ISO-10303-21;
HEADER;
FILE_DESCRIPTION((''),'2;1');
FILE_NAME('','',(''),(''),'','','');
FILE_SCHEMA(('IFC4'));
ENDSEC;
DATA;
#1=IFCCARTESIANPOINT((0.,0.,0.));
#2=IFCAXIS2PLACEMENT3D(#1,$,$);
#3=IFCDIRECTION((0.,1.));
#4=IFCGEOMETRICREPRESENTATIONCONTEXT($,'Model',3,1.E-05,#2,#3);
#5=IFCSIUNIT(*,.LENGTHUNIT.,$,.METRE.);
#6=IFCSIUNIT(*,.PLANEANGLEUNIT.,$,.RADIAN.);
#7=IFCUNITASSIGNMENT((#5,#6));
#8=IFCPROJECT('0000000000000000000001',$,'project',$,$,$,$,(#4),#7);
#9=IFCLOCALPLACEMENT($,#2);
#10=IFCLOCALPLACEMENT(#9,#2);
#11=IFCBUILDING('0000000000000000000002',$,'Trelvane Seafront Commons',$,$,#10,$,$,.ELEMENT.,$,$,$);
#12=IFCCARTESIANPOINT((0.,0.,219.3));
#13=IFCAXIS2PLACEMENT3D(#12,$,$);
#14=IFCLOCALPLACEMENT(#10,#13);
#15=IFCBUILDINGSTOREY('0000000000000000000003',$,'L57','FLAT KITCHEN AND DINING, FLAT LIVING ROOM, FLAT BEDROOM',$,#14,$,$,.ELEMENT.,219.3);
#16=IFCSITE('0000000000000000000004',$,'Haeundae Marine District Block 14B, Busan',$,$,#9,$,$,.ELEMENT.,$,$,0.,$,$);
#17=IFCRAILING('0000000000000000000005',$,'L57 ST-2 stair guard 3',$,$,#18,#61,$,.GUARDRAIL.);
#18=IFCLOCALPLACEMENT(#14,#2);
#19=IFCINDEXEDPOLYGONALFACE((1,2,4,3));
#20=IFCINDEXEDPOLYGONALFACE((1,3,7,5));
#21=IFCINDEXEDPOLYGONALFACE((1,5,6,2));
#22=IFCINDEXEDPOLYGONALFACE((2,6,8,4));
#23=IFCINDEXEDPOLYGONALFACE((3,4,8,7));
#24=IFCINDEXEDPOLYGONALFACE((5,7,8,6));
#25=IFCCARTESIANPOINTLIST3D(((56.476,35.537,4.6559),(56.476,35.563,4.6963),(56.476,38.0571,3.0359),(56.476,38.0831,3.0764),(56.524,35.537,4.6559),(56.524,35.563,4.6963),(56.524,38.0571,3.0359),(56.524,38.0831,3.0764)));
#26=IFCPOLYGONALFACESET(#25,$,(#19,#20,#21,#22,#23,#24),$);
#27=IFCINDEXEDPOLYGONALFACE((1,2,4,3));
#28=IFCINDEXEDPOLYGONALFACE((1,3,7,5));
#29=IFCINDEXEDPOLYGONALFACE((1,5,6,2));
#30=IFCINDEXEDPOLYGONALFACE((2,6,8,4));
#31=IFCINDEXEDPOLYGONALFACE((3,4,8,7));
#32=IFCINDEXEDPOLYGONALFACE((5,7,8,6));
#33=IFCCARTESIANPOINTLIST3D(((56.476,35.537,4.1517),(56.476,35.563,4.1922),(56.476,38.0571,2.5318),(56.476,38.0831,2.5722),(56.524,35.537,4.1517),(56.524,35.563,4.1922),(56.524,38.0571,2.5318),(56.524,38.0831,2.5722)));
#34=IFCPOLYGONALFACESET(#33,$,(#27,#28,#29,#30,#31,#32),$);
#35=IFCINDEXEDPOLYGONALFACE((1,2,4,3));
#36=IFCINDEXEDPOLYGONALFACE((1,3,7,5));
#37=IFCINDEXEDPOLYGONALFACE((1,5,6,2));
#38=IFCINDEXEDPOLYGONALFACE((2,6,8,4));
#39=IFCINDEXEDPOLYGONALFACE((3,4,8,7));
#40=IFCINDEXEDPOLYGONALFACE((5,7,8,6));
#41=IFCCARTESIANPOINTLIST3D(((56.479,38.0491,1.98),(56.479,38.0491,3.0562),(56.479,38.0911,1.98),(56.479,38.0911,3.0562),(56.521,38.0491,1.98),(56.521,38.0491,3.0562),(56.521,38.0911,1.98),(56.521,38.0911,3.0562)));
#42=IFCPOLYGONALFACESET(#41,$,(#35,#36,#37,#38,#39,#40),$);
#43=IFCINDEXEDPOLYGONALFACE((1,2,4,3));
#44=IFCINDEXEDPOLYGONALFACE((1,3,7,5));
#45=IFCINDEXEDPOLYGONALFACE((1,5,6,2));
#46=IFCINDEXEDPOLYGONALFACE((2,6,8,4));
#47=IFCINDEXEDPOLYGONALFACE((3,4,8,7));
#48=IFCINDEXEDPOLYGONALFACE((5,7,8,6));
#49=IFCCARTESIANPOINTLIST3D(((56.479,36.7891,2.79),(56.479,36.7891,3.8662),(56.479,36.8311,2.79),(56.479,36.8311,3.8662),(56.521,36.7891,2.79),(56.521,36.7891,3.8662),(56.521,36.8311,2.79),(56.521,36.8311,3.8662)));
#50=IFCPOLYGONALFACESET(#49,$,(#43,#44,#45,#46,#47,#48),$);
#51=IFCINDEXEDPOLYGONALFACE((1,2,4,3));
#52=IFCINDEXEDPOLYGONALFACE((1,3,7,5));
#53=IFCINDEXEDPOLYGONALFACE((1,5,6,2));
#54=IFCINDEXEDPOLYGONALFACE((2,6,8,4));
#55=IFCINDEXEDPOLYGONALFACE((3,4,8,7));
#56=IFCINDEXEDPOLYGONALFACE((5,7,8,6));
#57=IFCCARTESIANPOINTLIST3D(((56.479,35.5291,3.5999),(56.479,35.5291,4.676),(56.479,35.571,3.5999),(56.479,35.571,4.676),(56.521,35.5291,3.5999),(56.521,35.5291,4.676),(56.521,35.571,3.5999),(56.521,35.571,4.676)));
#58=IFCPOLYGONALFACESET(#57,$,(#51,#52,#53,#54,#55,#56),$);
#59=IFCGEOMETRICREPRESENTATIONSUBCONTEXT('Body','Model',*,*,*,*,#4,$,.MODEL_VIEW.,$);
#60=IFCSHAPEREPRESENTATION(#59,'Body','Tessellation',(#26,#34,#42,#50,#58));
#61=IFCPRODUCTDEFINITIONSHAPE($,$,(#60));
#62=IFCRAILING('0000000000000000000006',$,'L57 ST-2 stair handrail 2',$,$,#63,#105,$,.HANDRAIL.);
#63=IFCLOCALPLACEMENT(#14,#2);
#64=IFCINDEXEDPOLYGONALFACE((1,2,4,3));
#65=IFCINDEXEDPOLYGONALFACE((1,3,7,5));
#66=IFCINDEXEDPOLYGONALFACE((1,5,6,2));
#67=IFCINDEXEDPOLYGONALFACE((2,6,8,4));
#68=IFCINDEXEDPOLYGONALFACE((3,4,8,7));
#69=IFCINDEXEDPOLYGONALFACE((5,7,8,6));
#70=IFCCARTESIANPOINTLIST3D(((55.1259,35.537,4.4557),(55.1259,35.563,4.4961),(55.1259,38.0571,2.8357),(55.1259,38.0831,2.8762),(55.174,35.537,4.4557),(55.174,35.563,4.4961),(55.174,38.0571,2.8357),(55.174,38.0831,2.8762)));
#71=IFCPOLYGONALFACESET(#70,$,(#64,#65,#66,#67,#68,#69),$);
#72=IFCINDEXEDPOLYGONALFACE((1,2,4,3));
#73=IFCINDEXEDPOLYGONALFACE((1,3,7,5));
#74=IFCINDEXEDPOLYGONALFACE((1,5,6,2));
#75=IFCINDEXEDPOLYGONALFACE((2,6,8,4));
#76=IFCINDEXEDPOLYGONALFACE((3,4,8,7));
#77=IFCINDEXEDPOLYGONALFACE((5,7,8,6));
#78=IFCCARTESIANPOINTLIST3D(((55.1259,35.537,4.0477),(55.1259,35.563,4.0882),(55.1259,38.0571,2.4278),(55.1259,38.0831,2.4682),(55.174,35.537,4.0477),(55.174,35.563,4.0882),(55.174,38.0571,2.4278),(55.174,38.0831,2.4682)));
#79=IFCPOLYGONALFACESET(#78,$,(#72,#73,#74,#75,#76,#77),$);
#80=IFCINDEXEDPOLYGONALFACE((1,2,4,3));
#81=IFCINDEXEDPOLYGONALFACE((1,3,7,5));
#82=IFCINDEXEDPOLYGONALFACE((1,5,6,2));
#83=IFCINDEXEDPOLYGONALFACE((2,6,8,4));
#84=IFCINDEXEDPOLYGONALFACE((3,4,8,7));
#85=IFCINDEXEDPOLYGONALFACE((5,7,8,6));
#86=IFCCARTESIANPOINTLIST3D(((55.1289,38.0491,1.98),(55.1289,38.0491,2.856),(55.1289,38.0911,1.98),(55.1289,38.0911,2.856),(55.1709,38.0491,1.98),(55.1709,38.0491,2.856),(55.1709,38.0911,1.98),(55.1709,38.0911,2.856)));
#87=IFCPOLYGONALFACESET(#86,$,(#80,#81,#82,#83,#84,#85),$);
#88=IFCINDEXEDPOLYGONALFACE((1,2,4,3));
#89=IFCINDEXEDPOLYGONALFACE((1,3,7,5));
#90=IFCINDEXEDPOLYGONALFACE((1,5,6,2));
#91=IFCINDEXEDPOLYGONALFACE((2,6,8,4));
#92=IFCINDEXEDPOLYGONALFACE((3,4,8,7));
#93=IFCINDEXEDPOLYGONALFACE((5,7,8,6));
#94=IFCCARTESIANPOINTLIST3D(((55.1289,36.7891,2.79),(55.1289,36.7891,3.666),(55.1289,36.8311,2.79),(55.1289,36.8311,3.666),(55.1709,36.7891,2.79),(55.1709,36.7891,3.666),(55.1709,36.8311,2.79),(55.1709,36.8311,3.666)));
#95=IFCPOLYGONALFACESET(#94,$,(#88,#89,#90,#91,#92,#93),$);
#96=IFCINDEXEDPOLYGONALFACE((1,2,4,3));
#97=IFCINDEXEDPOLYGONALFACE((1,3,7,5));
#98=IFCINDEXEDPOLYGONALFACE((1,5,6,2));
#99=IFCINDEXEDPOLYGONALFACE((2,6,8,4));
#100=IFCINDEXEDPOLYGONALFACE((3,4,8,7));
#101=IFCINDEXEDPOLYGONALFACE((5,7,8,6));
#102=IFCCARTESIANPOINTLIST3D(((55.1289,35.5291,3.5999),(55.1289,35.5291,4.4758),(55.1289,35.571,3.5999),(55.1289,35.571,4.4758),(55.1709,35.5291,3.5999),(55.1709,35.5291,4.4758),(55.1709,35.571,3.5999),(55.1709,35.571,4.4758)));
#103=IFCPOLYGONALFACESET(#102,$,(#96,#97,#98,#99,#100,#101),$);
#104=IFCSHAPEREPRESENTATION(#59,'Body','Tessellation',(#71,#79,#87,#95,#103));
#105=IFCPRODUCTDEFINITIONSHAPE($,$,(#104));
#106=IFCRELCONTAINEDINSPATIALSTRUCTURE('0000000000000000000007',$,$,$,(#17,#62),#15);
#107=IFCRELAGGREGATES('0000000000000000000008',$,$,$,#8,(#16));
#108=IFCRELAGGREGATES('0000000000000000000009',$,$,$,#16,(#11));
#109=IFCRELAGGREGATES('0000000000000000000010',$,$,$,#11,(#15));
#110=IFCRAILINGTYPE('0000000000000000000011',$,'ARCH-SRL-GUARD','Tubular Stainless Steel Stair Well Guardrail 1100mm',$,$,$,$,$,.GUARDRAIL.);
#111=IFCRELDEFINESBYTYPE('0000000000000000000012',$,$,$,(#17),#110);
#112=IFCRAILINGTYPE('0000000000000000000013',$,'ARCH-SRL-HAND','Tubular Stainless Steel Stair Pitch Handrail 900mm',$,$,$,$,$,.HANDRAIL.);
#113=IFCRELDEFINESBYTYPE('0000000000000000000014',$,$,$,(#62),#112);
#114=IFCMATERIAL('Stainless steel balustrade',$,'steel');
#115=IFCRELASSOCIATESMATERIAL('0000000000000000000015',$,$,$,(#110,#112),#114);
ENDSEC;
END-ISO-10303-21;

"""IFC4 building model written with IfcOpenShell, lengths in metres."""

from ifc_helpers import new_model, si_unit, direction, frame, origin, origin_2d, place, context, subcontext, project, spatial, rectangle, extrude, material, type_object, element, save


model = new_model("IFC4")

# Units and contexts
model_context = context("Model", 3, precision=1e-05, world=origin(), true_north=direction((0.0, 1.0)))
body_context = subcontext(model_context, "Body", "Model", "MODEL_VIEW")
ifc_project = project(units=[si_unit("LENGTHUNIT", "METRE"), si_unit("PLANEANGLEUNIT", "RADIAN")], contexts=[model_context])

# Site, building, storey
site_placement = place(None, origin())
site = spatial("IfcSite", under=ifc_project, at=site_placement, Name="Haeundae Marine District Block 14B, Busan", CompositionType="ELEMENT", RefElevation=0.0)
building_placement = place(site_placement, origin())
building = spatial("IfcBuilding", under=site, at=building_placement, Name="Trelvane Seafront Commons", CompositionType="ELEMENT")
storey_placement = place(building_placement, frame((0.0, 0.0, 219.3)))
storey = spatial("IfcBuildingStorey", under=building, at=storey_placement, Name="L57", Description="FLAT KITCHEN AND DINING, FLAT LIVING ROOM, FLAT BEDROOM", CompositionType="ELEMENT", Elevation=219.3)

# Railings
ifc_material_1 = material(Name="Stainless steel balustrade", Category="steel")
railing_type_1 = type_object("IfcRailingType", Name="ARCH-SRL-GUARD", Description="Tubular Stainless Steel Stair Well Guardrail 1100mm", PredefinedType="GUARDRAIL", material=ifc_material_1)
railing_1_placement = place(storey_placement, frame((56.5, 38.0701, 1.98)))
element("IfcRailing", 1, at=railing_1_placement, inside=storey, type_object=railing_type_1, Name="L57 ST-2 stair guard 3", PredefinedType="GUARDRAIL", context=body_context, shape_type="SweptSolid", body=[
    extrude(rectangle(XDim=0.0481, YDim=0.0481, at=origin_2d()), frame((0.0, 0.0, 1.0762), z_axis=(0.0, -0.8412, 0.540725), x_axis=(1.0, 0.0, 0.0)), (0.0, 0.0, 1.0), 2.9958),
    extrude(rectangle(XDim=0.0481, YDim=0.0481, at=origin_2d()), frame((0.0, 0.0, 0.572), z_axis=(0.0, -0.8412, 0.540725), x_axis=(1.0, 0.0, 0.0)), (0.0, 0.0, 1.0), 2.9958),
    extrude(rectangle(XDim=0.042, YDim=0.042, at=origin_2d()), origin(), (0.0, 0.0, 1.0), 1.0762),
    extrude(rectangle(XDim=0.042, YDim=0.042, at=origin_2d()), frame((0.0, -1.26, 0.8101)), (0.0, 0.0, 1.0), 1.0762),
    extrude(rectangle(XDim=0.042, YDim=0.042, at=origin_2d()), frame((0.0, -2.52, 1.6199)), (0.0, 0.0, 1.0), 1.0762),
])
railing_type_2 = type_object("IfcRailingType", Name="ARCH-SRL-HAND", Description="Tubular Stainless Steel Stair Pitch Handrail 900mm", PredefinedType="HANDRAIL", material=ifc_material_1)
railing_2_placement = place(storey_placement, frame((55.1499, 38.0701, 1.98)))
element("IfcRailing", 2, at=railing_2_placement, inside=storey, type_object=railing_type_2, Name="L57 ST-2 stair handrail 2", PredefinedType="HANDRAIL", context=body_context, shape_type="SweptSolid", body=[
    extrude(rectangle(XDim=0.0481, YDim=0.0481, at=origin_2d()), frame((0.0, 0.0, 0.876), z_axis=(0.0, -0.8412, 0.540725), x_axis=(1.0, 0.0, 0.0)), (0.0, 0.0, 1.0), 2.9958),
    extrude(rectangle(XDim=0.0481, YDim=0.0481, at=origin_2d()), frame((0.0, 0.0, 0.468), z_axis=(0.0, -0.8412, 0.540725), x_axis=(1.0, 0.0, 0.0)), (0.0, 0.0, 1.0), 2.9958),
    extrude(rectangle(XDim=0.042, YDim=0.042, at=origin_2d()), origin(), (0.0, 0.0, 1.0), 0.876),
    extrude(rectangle(XDim=0.042, YDim=0.042, at=origin_2d()), frame((0.0, -1.26, 0.8101)), (0.0, 0.0, 1.0), 0.876),
    extrude(rectangle(XDim=0.042, YDim=0.042, at=origin_2d()), frame((0.0, -2.52, 1.6199)), (0.0, 0.0, 1.0), 0.876),
])

save(model, "model.ifc")
